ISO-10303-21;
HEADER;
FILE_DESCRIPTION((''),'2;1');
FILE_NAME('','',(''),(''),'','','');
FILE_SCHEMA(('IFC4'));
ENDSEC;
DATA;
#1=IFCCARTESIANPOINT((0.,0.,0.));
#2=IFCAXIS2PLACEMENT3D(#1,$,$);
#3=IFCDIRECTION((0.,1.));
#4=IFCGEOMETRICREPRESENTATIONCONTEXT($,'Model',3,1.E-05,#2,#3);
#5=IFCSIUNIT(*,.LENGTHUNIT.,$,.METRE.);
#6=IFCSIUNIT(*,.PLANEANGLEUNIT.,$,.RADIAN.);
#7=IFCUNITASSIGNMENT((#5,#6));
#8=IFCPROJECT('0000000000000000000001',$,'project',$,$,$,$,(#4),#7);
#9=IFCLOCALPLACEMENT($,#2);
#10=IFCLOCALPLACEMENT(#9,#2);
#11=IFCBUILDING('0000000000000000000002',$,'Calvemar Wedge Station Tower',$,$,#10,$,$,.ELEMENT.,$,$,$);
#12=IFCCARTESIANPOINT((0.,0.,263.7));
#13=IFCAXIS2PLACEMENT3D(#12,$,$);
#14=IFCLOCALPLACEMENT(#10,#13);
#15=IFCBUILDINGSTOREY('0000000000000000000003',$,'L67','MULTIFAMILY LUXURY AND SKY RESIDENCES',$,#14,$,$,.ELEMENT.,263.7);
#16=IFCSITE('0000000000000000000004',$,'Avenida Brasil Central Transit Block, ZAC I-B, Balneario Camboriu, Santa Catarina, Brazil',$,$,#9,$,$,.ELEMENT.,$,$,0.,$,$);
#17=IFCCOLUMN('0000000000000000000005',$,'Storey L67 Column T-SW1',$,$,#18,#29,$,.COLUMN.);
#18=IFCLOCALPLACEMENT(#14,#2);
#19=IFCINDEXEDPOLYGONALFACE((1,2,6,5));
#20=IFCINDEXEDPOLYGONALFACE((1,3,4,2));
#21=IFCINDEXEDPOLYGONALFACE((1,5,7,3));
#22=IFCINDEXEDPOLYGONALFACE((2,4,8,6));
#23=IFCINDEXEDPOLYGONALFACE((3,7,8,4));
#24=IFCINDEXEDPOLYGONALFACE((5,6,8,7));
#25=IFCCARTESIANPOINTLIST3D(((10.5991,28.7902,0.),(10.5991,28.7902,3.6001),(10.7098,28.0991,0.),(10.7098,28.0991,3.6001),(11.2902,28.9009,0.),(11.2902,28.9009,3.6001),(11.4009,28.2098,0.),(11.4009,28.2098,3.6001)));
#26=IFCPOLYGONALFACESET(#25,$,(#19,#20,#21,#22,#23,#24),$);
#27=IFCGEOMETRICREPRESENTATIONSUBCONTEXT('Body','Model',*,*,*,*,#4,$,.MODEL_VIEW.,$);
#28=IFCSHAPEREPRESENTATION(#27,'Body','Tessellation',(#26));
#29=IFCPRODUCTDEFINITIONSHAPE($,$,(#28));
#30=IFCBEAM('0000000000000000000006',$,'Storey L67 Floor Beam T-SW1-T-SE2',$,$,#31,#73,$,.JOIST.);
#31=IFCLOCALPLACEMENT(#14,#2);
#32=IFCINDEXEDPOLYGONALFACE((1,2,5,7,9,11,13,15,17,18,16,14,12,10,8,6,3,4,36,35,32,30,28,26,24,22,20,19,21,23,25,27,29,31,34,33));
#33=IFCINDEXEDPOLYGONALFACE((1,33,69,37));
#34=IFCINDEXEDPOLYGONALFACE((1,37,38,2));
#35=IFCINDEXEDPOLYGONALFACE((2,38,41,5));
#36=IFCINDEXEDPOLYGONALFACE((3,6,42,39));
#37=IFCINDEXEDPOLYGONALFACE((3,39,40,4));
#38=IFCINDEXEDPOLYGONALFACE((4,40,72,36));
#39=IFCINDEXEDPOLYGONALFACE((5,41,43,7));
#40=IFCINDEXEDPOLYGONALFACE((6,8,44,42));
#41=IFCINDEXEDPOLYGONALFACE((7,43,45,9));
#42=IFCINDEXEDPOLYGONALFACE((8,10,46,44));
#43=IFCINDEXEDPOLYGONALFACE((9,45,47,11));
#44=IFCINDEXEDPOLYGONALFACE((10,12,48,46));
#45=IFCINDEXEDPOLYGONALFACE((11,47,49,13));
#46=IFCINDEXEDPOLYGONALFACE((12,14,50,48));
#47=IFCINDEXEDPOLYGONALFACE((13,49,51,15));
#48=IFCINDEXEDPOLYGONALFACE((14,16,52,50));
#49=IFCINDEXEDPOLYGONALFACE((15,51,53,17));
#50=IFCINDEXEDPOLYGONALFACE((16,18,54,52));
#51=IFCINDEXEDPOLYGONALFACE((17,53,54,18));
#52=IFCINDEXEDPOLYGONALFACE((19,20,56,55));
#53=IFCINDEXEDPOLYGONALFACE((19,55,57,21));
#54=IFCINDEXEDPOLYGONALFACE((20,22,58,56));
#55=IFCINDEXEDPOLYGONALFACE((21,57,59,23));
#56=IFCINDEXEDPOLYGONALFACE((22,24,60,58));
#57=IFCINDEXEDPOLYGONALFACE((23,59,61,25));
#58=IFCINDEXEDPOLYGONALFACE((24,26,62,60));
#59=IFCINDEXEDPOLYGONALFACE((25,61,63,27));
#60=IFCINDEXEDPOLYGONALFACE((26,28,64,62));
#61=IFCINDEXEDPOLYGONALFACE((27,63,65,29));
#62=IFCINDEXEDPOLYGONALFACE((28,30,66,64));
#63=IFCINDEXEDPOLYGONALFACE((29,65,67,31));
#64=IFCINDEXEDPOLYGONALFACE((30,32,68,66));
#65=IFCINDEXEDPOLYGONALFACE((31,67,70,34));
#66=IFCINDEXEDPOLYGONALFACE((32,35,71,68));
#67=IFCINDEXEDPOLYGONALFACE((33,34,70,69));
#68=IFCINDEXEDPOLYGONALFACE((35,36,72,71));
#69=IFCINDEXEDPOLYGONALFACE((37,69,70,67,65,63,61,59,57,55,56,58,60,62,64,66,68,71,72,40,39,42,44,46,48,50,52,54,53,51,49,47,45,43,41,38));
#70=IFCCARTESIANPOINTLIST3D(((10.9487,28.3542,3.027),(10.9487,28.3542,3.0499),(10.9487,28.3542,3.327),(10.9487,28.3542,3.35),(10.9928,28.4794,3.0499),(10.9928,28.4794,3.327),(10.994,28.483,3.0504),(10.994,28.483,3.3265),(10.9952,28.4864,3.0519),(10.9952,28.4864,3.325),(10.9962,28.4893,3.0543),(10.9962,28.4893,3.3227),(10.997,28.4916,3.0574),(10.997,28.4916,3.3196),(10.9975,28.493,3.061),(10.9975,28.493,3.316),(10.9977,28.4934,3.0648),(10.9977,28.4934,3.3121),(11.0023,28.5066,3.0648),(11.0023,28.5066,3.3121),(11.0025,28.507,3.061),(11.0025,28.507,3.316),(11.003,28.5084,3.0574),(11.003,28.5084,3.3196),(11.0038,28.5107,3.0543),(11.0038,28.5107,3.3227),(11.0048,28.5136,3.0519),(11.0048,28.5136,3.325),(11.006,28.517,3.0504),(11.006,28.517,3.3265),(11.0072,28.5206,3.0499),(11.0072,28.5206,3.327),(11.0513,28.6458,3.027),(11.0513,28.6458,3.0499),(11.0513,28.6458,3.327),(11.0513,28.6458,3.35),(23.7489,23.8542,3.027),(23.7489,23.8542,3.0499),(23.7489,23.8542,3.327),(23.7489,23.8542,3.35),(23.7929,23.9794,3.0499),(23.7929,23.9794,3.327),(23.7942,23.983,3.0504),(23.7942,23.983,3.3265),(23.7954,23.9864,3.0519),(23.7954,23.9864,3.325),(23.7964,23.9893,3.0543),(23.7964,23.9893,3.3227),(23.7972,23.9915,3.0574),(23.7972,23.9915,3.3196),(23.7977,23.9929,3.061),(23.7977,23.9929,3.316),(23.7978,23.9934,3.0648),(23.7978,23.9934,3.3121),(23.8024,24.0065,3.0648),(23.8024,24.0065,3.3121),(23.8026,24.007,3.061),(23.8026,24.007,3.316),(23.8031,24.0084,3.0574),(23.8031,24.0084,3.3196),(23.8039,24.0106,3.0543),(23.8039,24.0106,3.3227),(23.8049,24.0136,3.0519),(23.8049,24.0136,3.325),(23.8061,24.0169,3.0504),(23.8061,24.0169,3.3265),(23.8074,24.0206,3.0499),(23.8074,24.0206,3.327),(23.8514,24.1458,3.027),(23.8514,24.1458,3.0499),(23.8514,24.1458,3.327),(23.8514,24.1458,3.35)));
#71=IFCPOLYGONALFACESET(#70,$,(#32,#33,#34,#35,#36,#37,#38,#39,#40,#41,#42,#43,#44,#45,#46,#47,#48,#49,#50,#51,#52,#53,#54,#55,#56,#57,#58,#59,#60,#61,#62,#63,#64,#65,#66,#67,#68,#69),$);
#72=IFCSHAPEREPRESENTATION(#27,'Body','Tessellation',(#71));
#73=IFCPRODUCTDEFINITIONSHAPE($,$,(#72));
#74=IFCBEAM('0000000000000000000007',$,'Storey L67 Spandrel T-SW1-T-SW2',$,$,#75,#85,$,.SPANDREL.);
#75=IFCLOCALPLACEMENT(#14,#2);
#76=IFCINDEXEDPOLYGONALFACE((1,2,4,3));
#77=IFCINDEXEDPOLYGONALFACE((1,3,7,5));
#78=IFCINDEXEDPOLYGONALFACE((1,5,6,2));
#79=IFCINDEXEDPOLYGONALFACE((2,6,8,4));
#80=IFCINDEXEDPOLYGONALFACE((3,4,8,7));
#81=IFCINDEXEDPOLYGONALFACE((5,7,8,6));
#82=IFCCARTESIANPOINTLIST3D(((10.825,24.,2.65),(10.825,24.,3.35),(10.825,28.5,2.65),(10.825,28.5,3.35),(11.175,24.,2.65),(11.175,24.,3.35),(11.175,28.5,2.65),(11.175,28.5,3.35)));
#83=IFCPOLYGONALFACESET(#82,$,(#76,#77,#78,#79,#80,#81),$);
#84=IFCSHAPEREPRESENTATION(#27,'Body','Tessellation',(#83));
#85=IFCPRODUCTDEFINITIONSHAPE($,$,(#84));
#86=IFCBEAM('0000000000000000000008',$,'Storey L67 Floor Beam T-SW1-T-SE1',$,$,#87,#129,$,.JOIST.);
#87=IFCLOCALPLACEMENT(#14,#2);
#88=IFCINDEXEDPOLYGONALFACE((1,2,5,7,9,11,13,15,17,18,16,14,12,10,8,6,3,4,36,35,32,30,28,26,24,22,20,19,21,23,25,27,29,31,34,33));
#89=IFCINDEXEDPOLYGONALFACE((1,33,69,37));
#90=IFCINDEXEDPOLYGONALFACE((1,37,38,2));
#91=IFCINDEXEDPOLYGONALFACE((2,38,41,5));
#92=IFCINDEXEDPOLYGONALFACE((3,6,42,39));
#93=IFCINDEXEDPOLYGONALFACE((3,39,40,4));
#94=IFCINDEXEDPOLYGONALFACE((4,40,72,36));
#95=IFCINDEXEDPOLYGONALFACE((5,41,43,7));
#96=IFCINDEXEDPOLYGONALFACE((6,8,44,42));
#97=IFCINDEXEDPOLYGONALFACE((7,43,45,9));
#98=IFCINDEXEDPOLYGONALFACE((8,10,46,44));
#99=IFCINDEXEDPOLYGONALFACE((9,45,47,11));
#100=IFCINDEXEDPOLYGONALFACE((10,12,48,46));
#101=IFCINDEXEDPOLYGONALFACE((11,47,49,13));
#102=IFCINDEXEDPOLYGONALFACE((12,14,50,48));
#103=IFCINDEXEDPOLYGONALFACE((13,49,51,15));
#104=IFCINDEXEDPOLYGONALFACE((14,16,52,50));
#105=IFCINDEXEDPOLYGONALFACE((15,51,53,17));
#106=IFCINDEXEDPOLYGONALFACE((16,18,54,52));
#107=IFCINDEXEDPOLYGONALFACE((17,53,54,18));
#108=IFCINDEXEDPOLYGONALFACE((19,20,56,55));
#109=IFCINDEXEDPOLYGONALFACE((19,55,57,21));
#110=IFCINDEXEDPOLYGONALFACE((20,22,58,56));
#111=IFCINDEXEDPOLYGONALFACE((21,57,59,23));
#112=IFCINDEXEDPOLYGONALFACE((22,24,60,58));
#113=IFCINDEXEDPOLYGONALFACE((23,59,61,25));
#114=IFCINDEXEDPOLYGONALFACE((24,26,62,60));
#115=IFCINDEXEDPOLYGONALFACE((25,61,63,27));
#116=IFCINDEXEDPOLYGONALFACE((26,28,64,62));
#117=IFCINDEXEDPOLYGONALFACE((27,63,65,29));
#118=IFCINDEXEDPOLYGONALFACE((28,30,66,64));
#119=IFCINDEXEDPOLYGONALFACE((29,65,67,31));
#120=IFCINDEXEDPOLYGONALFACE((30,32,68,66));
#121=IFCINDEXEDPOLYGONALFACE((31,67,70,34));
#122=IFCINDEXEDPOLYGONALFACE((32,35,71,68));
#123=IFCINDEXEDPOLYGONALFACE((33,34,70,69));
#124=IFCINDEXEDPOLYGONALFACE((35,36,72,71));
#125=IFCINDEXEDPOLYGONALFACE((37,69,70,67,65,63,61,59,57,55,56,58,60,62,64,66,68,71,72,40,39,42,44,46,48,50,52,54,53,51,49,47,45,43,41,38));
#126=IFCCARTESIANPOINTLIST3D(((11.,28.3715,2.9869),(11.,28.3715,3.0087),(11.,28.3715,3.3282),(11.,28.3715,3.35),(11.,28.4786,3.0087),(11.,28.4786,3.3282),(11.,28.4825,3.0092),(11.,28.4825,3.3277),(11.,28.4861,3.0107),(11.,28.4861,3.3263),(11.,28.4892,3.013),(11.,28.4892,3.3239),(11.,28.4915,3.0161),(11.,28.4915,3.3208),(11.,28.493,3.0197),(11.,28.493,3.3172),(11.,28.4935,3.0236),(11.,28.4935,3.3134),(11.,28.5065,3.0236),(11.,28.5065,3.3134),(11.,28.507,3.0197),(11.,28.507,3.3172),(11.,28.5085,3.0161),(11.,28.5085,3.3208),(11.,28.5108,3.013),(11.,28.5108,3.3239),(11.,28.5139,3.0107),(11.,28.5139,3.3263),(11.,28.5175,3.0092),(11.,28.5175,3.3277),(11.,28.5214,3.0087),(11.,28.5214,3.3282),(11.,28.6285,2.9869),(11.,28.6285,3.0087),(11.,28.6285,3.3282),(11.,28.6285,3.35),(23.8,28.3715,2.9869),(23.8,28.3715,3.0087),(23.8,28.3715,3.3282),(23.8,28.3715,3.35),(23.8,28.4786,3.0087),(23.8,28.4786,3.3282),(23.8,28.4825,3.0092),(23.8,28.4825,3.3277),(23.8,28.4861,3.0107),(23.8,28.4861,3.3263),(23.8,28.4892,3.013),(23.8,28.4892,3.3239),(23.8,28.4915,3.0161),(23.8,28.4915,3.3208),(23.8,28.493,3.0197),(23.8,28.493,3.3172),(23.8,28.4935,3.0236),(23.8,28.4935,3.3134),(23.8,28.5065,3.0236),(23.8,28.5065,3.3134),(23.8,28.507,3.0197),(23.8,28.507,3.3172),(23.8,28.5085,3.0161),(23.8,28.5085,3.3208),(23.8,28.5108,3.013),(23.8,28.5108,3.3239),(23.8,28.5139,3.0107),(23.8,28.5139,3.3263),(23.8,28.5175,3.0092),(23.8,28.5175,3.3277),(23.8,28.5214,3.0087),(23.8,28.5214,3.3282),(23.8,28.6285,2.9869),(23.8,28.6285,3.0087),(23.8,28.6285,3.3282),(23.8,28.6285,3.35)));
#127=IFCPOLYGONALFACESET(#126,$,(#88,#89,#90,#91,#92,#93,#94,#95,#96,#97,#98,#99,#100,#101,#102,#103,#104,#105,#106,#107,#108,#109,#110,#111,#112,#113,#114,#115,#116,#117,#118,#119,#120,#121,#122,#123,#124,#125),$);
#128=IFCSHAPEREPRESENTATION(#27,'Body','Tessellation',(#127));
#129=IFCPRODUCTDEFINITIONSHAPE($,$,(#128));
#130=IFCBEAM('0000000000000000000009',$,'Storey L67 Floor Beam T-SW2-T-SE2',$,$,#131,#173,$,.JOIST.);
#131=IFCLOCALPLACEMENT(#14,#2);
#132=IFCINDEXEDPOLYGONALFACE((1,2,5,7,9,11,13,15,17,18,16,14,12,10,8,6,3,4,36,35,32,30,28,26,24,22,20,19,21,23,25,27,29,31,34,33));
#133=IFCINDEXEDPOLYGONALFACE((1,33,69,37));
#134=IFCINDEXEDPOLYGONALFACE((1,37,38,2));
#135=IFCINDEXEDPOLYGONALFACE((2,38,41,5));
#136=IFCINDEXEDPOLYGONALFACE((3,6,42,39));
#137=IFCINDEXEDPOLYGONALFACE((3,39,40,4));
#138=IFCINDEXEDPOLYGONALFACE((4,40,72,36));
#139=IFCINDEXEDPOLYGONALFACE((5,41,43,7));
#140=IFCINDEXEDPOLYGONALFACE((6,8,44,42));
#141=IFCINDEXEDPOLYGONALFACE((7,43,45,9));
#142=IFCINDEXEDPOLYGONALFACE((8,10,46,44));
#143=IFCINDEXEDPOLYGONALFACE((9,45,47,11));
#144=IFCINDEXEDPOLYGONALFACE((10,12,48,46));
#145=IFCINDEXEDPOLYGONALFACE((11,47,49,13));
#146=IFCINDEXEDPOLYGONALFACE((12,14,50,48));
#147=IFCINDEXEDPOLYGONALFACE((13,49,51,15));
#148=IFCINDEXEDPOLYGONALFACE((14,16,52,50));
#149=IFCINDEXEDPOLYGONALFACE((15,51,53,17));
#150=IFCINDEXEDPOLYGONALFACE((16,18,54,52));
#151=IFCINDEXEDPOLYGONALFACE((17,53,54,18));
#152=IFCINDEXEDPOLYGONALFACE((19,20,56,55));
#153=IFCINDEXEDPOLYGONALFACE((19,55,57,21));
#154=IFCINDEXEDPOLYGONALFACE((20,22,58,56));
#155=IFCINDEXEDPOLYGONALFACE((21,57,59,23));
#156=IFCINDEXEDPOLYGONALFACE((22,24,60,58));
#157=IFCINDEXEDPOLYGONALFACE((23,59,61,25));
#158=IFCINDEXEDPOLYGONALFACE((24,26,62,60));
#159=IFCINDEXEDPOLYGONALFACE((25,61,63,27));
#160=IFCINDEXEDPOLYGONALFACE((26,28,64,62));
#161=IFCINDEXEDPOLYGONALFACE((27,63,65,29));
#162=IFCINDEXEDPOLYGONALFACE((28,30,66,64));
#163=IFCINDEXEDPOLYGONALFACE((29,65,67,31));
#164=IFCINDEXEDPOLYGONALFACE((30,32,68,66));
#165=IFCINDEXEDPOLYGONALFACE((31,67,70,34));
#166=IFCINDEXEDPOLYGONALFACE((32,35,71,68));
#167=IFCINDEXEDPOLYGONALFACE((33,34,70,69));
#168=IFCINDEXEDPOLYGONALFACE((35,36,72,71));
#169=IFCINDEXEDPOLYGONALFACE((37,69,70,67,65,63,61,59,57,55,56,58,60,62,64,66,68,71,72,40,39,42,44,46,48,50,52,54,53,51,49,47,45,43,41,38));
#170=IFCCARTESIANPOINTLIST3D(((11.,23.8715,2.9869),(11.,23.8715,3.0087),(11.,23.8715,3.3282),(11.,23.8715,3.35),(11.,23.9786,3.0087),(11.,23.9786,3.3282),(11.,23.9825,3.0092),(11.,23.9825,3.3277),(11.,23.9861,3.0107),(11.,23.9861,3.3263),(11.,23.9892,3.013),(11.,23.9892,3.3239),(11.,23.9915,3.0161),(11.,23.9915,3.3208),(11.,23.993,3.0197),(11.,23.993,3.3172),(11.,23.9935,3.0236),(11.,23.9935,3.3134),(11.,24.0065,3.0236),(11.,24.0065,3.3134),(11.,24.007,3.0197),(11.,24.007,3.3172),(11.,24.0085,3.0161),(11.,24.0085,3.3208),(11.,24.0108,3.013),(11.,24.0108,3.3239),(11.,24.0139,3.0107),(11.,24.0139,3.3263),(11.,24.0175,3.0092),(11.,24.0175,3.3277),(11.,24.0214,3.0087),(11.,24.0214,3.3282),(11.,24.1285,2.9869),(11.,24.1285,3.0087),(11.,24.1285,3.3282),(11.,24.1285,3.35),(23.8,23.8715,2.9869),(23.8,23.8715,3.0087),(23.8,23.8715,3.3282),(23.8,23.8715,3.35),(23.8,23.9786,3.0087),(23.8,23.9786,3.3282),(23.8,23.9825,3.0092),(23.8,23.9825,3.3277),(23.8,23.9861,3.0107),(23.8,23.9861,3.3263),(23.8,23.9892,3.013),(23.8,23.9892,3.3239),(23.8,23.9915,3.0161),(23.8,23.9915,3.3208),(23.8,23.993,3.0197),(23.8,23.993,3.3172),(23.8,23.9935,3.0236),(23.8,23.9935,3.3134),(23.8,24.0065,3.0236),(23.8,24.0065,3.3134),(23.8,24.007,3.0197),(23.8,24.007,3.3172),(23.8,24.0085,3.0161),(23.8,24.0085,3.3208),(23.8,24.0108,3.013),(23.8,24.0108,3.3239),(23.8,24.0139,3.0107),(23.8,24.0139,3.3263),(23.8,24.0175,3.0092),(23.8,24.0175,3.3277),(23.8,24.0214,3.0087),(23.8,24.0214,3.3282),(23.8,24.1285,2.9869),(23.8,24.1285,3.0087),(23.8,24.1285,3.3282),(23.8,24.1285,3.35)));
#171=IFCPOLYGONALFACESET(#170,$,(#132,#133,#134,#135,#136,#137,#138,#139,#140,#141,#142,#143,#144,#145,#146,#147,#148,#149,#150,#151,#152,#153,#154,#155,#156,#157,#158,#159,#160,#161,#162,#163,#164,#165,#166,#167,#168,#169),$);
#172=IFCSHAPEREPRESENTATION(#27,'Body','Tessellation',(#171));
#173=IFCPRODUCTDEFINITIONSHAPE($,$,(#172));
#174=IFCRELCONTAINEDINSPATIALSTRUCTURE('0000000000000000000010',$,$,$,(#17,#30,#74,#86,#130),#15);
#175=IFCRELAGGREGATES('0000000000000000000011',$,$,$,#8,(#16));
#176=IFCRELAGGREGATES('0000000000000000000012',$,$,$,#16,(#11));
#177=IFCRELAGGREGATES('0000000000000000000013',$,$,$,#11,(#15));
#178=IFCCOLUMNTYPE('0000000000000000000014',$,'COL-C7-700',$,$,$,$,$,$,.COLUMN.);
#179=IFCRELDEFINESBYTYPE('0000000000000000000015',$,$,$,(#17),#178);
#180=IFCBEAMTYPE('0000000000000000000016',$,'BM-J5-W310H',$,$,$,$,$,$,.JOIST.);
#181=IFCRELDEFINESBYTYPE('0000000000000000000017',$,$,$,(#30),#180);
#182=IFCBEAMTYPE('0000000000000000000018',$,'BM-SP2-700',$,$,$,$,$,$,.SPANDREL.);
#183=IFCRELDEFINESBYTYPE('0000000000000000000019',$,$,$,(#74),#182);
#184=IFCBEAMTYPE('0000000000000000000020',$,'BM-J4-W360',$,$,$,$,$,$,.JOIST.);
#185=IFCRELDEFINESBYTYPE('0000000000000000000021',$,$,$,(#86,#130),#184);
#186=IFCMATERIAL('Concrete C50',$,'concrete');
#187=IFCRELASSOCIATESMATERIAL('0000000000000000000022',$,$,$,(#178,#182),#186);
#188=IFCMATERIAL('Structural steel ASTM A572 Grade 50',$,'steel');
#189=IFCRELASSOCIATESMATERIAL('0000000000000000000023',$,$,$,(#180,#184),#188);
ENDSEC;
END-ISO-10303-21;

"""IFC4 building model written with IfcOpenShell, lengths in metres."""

from ifc_helpers import new_model, si_unit, direction, frame, origin, origin_2d, place, context, subcontext, project, spatial, rectangle, i_section, extrude, source, transform, mapped, material, material_profile, profile_set, type_object, element, save


model = new_model("IFC4")

# Units and contexts
model_context = context("Model", 3, precision=1e-05, world=origin(), true_north=direction((0.0, 1.0)))
body_context = subcontext(model_context, "Body", "Model", "MODEL_VIEW")
ifc_project = project(units=[si_unit("LENGTHUNIT", "METRE"), si_unit("PLANEANGLEUNIT", "RADIAN")], contexts=[model_context])

# Site, building, storey
site_placement = place(None, origin())
site = spatial("IfcSite", under=ifc_project, at=site_placement, Name="Avenida Brasil Central Transit Block, ZAC I-B, Balneario Camboriu, Santa Catarina, Brazil", CompositionType="ELEMENT", RefElevation=0.0)
building_placement = place(site_placement, origin())
building = spatial("IfcBuilding", under=site, at=building_placement, Name="Calvemar Wedge Station Tower", CompositionType="ELEMENT")
storey_placement = place(building_placement, frame((0.0, 0.0, 263.7)))
storey = spatial("IfcBuildingStorey", under=building, at=storey_placement, Name="L67", Description="MULTIFAMILY LUXURY AND SKY RESIDENCES", CompositionType="ELEMENT", Elevation=263.7)

# Column
ifc_material_1 = material(Name="Concrete C50", Category="concrete")
ifc_material_profile_1 = material_profile(ifc_material_1, rectangle(XDim=0.7, YDim=0.7, at=origin_2d()), Name="RC700x700")
ifc_profile_set_1 = profile_set([ifc_material_profile_1], Name="Concrete C50")
column_type = type_object("IfcColumnType", Name="COL-C7-700", PredefinedType="COLUMN", material=ifc_profile_set_1)
shared_shape_1 = source(origin(), body_context, "Body", "SweptSolid", [
    extrude(rectangle(XDim=0.7, YDim=0.7, at=origin_2d()), origin(), (0.0, 0.0, 1.0), 3.6001),
])
column_placement = place(storey_placement, frame((11.0, 28.5, 0.0), z_axis=(0.0, 0.0, 1.0), x_axis=(0.158158, -0.987414, 0.0)))
element("IfcColumn", 1, at=column_placement, inside=storey, type_object=column_type, Name="Storey L67 Column T-SW1", PredefinedType="COLUMN", context=body_context, shape_type="MappedRepresentation", body=[
    mapped(shared_shape_1, transform((0.0, 0.0, 0.0), scale=1.0)),
])

# Beams
ifc_material_2 = material(Name="Structural steel ASTM A572 Grade 50", Category="steel")
ifc_material_profile_2 = material_profile(ifc_material_2, i_section(OverallWidth=0.3091, OverallDepth=0.323, WebThickness=0.0139, FlangeThickness=0.0229, FilletRadius=0.0149, at=origin_2d()), Name="W310x143")
ifc_profile_set_2 = profile_set([ifc_material_profile_2], Name="Structural steel ASTM A572 Grade 50")
beam_type_1 = type_object("IfcBeamType", Name="BM-J5-W310H", PredefinedType="JOIST", material=ifc_profile_set_2)
shared_shape_2 = source(origin(), body_context, "Body", "SweptSolid", [
    extrude(i_section(OverallWidth=0.3091, OverallDepth=0.323, WebThickness=0.0139, FlangeThickness=0.0229, FilletRadius=0.0149, at=origin_2d()), origin(), (0.0, 0.0, 1.0), 13.5681),
])
beam_1_placement = place(storey_placement, frame((11.0, 28.5, 3.1885), z_axis=(0.943398, -0.331662, 0.0), x_axis=(0.331662, 0.943398, 0.0)))
element("IfcBeam", 2, at=beam_1_placement, inside=storey, type_object=beam_type_1, Name="Storey L67 Floor Beam T-SW1-T-SE2", PredefinedType="JOIST", context=body_context, shape_type="MappedRepresentation", body=[
    mapped(shared_shape_2, transform((0.0, 0.0, 0.0), scale=1.0)),
])
ifc_material_profile_3 = material_profile(ifc_material_1, rectangle(XDim=0.3501, YDim=0.7, at=origin_2d()), Name="RC350x700")
ifc_profile_set_3 = profile_set([ifc_material_profile_3], Name="Concrete C50")
beam_type_2 = type_object("IfcBeamType", Name="BM-SP2-700", PredefinedType="SPANDREL", material=ifc_profile_set_3)
shared_shape_3 = source(origin(), body_context, "Body", "SweptSolid", [
    extrude(rectangle(XDim=0.3501, YDim=0.7, at=origin_2d()), origin(), (0.0, 0.0, 1.0), 4.5),
])
beam_2_placement = place(storey_placement, frame((11.0, 28.5, 3.0), z_axis=(0.0, -1.0, 0.0), x_axis=(1.0, 0.0, 0.0)))
element("IfcBeam", 3, at=beam_2_placement, inside=storey, type_object=beam_type_2, Name="Storey L67 Spandrel T-SW1-T-SW2", PredefinedType="SPANDREL", context=body_context, shape_type="MappedRepresentation", body=[
    mapped(shared_shape_3, transform((0.0, 0.0, 0.0), scale=1.0)),
])
ifc_material_profile_4 = material_profile(ifc_material_2, i_section(OverallWidth=0.2571, OverallDepth=0.363, WebThickness=0.0129, FlangeThickness=0.0217, FilletRadius=0.0149, at=origin_2d()), Name="W360x122")
ifc_profile_set_4 = profile_set([ifc_material_profile_4], Name="Structural steel ASTM A572 Grade 50")
beam_type_3 = type_object("IfcBeamType", Name="BM-J4-W360", PredefinedType="JOIST", material=ifc_profile_set_4)
shared_shape_4 = source(origin(), body_context, "Body", "SweptSolid", [
    extrude(i_section(OverallWidth=0.2571, OverallDepth=0.363, WebThickness=0.0129, FlangeThickness=0.0217, FilletRadius=0.0149, at=origin_2d()), origin(), (0.0, 0.0, 1.0), 12.8),
])
for number, where, z_axis, x_axis, name in (
    (4, (11.0, 28.5, 3.1685), (1.0, 0.0, 0.0), (0.0, 1.0, 0.0), "Storey L67 Floor Beam T-SW1-T-SE1"),
    (5, (11.0, 24.0, 3.1685), (1.0, 0.0, 0.0), (0.0, 1.0, 0.0), "Storey L67 Floor Beam T-SW2-T-SE2"),
):
    element("IfcBeam", number, at=place(storey_placement, frame(where, z_axis=z_axis, x_axis=x_axis)), inside=storey, type_object=beam_type_3, Name=name, PredefinedType="JOIST", context=body_context, shape_type="MappedRepresentation", body=[
        mapped(shared_shape_4, transform((0.0, 0.0, 0.0), scale=1.0)),
    ])

save(model, "model.ifc")
